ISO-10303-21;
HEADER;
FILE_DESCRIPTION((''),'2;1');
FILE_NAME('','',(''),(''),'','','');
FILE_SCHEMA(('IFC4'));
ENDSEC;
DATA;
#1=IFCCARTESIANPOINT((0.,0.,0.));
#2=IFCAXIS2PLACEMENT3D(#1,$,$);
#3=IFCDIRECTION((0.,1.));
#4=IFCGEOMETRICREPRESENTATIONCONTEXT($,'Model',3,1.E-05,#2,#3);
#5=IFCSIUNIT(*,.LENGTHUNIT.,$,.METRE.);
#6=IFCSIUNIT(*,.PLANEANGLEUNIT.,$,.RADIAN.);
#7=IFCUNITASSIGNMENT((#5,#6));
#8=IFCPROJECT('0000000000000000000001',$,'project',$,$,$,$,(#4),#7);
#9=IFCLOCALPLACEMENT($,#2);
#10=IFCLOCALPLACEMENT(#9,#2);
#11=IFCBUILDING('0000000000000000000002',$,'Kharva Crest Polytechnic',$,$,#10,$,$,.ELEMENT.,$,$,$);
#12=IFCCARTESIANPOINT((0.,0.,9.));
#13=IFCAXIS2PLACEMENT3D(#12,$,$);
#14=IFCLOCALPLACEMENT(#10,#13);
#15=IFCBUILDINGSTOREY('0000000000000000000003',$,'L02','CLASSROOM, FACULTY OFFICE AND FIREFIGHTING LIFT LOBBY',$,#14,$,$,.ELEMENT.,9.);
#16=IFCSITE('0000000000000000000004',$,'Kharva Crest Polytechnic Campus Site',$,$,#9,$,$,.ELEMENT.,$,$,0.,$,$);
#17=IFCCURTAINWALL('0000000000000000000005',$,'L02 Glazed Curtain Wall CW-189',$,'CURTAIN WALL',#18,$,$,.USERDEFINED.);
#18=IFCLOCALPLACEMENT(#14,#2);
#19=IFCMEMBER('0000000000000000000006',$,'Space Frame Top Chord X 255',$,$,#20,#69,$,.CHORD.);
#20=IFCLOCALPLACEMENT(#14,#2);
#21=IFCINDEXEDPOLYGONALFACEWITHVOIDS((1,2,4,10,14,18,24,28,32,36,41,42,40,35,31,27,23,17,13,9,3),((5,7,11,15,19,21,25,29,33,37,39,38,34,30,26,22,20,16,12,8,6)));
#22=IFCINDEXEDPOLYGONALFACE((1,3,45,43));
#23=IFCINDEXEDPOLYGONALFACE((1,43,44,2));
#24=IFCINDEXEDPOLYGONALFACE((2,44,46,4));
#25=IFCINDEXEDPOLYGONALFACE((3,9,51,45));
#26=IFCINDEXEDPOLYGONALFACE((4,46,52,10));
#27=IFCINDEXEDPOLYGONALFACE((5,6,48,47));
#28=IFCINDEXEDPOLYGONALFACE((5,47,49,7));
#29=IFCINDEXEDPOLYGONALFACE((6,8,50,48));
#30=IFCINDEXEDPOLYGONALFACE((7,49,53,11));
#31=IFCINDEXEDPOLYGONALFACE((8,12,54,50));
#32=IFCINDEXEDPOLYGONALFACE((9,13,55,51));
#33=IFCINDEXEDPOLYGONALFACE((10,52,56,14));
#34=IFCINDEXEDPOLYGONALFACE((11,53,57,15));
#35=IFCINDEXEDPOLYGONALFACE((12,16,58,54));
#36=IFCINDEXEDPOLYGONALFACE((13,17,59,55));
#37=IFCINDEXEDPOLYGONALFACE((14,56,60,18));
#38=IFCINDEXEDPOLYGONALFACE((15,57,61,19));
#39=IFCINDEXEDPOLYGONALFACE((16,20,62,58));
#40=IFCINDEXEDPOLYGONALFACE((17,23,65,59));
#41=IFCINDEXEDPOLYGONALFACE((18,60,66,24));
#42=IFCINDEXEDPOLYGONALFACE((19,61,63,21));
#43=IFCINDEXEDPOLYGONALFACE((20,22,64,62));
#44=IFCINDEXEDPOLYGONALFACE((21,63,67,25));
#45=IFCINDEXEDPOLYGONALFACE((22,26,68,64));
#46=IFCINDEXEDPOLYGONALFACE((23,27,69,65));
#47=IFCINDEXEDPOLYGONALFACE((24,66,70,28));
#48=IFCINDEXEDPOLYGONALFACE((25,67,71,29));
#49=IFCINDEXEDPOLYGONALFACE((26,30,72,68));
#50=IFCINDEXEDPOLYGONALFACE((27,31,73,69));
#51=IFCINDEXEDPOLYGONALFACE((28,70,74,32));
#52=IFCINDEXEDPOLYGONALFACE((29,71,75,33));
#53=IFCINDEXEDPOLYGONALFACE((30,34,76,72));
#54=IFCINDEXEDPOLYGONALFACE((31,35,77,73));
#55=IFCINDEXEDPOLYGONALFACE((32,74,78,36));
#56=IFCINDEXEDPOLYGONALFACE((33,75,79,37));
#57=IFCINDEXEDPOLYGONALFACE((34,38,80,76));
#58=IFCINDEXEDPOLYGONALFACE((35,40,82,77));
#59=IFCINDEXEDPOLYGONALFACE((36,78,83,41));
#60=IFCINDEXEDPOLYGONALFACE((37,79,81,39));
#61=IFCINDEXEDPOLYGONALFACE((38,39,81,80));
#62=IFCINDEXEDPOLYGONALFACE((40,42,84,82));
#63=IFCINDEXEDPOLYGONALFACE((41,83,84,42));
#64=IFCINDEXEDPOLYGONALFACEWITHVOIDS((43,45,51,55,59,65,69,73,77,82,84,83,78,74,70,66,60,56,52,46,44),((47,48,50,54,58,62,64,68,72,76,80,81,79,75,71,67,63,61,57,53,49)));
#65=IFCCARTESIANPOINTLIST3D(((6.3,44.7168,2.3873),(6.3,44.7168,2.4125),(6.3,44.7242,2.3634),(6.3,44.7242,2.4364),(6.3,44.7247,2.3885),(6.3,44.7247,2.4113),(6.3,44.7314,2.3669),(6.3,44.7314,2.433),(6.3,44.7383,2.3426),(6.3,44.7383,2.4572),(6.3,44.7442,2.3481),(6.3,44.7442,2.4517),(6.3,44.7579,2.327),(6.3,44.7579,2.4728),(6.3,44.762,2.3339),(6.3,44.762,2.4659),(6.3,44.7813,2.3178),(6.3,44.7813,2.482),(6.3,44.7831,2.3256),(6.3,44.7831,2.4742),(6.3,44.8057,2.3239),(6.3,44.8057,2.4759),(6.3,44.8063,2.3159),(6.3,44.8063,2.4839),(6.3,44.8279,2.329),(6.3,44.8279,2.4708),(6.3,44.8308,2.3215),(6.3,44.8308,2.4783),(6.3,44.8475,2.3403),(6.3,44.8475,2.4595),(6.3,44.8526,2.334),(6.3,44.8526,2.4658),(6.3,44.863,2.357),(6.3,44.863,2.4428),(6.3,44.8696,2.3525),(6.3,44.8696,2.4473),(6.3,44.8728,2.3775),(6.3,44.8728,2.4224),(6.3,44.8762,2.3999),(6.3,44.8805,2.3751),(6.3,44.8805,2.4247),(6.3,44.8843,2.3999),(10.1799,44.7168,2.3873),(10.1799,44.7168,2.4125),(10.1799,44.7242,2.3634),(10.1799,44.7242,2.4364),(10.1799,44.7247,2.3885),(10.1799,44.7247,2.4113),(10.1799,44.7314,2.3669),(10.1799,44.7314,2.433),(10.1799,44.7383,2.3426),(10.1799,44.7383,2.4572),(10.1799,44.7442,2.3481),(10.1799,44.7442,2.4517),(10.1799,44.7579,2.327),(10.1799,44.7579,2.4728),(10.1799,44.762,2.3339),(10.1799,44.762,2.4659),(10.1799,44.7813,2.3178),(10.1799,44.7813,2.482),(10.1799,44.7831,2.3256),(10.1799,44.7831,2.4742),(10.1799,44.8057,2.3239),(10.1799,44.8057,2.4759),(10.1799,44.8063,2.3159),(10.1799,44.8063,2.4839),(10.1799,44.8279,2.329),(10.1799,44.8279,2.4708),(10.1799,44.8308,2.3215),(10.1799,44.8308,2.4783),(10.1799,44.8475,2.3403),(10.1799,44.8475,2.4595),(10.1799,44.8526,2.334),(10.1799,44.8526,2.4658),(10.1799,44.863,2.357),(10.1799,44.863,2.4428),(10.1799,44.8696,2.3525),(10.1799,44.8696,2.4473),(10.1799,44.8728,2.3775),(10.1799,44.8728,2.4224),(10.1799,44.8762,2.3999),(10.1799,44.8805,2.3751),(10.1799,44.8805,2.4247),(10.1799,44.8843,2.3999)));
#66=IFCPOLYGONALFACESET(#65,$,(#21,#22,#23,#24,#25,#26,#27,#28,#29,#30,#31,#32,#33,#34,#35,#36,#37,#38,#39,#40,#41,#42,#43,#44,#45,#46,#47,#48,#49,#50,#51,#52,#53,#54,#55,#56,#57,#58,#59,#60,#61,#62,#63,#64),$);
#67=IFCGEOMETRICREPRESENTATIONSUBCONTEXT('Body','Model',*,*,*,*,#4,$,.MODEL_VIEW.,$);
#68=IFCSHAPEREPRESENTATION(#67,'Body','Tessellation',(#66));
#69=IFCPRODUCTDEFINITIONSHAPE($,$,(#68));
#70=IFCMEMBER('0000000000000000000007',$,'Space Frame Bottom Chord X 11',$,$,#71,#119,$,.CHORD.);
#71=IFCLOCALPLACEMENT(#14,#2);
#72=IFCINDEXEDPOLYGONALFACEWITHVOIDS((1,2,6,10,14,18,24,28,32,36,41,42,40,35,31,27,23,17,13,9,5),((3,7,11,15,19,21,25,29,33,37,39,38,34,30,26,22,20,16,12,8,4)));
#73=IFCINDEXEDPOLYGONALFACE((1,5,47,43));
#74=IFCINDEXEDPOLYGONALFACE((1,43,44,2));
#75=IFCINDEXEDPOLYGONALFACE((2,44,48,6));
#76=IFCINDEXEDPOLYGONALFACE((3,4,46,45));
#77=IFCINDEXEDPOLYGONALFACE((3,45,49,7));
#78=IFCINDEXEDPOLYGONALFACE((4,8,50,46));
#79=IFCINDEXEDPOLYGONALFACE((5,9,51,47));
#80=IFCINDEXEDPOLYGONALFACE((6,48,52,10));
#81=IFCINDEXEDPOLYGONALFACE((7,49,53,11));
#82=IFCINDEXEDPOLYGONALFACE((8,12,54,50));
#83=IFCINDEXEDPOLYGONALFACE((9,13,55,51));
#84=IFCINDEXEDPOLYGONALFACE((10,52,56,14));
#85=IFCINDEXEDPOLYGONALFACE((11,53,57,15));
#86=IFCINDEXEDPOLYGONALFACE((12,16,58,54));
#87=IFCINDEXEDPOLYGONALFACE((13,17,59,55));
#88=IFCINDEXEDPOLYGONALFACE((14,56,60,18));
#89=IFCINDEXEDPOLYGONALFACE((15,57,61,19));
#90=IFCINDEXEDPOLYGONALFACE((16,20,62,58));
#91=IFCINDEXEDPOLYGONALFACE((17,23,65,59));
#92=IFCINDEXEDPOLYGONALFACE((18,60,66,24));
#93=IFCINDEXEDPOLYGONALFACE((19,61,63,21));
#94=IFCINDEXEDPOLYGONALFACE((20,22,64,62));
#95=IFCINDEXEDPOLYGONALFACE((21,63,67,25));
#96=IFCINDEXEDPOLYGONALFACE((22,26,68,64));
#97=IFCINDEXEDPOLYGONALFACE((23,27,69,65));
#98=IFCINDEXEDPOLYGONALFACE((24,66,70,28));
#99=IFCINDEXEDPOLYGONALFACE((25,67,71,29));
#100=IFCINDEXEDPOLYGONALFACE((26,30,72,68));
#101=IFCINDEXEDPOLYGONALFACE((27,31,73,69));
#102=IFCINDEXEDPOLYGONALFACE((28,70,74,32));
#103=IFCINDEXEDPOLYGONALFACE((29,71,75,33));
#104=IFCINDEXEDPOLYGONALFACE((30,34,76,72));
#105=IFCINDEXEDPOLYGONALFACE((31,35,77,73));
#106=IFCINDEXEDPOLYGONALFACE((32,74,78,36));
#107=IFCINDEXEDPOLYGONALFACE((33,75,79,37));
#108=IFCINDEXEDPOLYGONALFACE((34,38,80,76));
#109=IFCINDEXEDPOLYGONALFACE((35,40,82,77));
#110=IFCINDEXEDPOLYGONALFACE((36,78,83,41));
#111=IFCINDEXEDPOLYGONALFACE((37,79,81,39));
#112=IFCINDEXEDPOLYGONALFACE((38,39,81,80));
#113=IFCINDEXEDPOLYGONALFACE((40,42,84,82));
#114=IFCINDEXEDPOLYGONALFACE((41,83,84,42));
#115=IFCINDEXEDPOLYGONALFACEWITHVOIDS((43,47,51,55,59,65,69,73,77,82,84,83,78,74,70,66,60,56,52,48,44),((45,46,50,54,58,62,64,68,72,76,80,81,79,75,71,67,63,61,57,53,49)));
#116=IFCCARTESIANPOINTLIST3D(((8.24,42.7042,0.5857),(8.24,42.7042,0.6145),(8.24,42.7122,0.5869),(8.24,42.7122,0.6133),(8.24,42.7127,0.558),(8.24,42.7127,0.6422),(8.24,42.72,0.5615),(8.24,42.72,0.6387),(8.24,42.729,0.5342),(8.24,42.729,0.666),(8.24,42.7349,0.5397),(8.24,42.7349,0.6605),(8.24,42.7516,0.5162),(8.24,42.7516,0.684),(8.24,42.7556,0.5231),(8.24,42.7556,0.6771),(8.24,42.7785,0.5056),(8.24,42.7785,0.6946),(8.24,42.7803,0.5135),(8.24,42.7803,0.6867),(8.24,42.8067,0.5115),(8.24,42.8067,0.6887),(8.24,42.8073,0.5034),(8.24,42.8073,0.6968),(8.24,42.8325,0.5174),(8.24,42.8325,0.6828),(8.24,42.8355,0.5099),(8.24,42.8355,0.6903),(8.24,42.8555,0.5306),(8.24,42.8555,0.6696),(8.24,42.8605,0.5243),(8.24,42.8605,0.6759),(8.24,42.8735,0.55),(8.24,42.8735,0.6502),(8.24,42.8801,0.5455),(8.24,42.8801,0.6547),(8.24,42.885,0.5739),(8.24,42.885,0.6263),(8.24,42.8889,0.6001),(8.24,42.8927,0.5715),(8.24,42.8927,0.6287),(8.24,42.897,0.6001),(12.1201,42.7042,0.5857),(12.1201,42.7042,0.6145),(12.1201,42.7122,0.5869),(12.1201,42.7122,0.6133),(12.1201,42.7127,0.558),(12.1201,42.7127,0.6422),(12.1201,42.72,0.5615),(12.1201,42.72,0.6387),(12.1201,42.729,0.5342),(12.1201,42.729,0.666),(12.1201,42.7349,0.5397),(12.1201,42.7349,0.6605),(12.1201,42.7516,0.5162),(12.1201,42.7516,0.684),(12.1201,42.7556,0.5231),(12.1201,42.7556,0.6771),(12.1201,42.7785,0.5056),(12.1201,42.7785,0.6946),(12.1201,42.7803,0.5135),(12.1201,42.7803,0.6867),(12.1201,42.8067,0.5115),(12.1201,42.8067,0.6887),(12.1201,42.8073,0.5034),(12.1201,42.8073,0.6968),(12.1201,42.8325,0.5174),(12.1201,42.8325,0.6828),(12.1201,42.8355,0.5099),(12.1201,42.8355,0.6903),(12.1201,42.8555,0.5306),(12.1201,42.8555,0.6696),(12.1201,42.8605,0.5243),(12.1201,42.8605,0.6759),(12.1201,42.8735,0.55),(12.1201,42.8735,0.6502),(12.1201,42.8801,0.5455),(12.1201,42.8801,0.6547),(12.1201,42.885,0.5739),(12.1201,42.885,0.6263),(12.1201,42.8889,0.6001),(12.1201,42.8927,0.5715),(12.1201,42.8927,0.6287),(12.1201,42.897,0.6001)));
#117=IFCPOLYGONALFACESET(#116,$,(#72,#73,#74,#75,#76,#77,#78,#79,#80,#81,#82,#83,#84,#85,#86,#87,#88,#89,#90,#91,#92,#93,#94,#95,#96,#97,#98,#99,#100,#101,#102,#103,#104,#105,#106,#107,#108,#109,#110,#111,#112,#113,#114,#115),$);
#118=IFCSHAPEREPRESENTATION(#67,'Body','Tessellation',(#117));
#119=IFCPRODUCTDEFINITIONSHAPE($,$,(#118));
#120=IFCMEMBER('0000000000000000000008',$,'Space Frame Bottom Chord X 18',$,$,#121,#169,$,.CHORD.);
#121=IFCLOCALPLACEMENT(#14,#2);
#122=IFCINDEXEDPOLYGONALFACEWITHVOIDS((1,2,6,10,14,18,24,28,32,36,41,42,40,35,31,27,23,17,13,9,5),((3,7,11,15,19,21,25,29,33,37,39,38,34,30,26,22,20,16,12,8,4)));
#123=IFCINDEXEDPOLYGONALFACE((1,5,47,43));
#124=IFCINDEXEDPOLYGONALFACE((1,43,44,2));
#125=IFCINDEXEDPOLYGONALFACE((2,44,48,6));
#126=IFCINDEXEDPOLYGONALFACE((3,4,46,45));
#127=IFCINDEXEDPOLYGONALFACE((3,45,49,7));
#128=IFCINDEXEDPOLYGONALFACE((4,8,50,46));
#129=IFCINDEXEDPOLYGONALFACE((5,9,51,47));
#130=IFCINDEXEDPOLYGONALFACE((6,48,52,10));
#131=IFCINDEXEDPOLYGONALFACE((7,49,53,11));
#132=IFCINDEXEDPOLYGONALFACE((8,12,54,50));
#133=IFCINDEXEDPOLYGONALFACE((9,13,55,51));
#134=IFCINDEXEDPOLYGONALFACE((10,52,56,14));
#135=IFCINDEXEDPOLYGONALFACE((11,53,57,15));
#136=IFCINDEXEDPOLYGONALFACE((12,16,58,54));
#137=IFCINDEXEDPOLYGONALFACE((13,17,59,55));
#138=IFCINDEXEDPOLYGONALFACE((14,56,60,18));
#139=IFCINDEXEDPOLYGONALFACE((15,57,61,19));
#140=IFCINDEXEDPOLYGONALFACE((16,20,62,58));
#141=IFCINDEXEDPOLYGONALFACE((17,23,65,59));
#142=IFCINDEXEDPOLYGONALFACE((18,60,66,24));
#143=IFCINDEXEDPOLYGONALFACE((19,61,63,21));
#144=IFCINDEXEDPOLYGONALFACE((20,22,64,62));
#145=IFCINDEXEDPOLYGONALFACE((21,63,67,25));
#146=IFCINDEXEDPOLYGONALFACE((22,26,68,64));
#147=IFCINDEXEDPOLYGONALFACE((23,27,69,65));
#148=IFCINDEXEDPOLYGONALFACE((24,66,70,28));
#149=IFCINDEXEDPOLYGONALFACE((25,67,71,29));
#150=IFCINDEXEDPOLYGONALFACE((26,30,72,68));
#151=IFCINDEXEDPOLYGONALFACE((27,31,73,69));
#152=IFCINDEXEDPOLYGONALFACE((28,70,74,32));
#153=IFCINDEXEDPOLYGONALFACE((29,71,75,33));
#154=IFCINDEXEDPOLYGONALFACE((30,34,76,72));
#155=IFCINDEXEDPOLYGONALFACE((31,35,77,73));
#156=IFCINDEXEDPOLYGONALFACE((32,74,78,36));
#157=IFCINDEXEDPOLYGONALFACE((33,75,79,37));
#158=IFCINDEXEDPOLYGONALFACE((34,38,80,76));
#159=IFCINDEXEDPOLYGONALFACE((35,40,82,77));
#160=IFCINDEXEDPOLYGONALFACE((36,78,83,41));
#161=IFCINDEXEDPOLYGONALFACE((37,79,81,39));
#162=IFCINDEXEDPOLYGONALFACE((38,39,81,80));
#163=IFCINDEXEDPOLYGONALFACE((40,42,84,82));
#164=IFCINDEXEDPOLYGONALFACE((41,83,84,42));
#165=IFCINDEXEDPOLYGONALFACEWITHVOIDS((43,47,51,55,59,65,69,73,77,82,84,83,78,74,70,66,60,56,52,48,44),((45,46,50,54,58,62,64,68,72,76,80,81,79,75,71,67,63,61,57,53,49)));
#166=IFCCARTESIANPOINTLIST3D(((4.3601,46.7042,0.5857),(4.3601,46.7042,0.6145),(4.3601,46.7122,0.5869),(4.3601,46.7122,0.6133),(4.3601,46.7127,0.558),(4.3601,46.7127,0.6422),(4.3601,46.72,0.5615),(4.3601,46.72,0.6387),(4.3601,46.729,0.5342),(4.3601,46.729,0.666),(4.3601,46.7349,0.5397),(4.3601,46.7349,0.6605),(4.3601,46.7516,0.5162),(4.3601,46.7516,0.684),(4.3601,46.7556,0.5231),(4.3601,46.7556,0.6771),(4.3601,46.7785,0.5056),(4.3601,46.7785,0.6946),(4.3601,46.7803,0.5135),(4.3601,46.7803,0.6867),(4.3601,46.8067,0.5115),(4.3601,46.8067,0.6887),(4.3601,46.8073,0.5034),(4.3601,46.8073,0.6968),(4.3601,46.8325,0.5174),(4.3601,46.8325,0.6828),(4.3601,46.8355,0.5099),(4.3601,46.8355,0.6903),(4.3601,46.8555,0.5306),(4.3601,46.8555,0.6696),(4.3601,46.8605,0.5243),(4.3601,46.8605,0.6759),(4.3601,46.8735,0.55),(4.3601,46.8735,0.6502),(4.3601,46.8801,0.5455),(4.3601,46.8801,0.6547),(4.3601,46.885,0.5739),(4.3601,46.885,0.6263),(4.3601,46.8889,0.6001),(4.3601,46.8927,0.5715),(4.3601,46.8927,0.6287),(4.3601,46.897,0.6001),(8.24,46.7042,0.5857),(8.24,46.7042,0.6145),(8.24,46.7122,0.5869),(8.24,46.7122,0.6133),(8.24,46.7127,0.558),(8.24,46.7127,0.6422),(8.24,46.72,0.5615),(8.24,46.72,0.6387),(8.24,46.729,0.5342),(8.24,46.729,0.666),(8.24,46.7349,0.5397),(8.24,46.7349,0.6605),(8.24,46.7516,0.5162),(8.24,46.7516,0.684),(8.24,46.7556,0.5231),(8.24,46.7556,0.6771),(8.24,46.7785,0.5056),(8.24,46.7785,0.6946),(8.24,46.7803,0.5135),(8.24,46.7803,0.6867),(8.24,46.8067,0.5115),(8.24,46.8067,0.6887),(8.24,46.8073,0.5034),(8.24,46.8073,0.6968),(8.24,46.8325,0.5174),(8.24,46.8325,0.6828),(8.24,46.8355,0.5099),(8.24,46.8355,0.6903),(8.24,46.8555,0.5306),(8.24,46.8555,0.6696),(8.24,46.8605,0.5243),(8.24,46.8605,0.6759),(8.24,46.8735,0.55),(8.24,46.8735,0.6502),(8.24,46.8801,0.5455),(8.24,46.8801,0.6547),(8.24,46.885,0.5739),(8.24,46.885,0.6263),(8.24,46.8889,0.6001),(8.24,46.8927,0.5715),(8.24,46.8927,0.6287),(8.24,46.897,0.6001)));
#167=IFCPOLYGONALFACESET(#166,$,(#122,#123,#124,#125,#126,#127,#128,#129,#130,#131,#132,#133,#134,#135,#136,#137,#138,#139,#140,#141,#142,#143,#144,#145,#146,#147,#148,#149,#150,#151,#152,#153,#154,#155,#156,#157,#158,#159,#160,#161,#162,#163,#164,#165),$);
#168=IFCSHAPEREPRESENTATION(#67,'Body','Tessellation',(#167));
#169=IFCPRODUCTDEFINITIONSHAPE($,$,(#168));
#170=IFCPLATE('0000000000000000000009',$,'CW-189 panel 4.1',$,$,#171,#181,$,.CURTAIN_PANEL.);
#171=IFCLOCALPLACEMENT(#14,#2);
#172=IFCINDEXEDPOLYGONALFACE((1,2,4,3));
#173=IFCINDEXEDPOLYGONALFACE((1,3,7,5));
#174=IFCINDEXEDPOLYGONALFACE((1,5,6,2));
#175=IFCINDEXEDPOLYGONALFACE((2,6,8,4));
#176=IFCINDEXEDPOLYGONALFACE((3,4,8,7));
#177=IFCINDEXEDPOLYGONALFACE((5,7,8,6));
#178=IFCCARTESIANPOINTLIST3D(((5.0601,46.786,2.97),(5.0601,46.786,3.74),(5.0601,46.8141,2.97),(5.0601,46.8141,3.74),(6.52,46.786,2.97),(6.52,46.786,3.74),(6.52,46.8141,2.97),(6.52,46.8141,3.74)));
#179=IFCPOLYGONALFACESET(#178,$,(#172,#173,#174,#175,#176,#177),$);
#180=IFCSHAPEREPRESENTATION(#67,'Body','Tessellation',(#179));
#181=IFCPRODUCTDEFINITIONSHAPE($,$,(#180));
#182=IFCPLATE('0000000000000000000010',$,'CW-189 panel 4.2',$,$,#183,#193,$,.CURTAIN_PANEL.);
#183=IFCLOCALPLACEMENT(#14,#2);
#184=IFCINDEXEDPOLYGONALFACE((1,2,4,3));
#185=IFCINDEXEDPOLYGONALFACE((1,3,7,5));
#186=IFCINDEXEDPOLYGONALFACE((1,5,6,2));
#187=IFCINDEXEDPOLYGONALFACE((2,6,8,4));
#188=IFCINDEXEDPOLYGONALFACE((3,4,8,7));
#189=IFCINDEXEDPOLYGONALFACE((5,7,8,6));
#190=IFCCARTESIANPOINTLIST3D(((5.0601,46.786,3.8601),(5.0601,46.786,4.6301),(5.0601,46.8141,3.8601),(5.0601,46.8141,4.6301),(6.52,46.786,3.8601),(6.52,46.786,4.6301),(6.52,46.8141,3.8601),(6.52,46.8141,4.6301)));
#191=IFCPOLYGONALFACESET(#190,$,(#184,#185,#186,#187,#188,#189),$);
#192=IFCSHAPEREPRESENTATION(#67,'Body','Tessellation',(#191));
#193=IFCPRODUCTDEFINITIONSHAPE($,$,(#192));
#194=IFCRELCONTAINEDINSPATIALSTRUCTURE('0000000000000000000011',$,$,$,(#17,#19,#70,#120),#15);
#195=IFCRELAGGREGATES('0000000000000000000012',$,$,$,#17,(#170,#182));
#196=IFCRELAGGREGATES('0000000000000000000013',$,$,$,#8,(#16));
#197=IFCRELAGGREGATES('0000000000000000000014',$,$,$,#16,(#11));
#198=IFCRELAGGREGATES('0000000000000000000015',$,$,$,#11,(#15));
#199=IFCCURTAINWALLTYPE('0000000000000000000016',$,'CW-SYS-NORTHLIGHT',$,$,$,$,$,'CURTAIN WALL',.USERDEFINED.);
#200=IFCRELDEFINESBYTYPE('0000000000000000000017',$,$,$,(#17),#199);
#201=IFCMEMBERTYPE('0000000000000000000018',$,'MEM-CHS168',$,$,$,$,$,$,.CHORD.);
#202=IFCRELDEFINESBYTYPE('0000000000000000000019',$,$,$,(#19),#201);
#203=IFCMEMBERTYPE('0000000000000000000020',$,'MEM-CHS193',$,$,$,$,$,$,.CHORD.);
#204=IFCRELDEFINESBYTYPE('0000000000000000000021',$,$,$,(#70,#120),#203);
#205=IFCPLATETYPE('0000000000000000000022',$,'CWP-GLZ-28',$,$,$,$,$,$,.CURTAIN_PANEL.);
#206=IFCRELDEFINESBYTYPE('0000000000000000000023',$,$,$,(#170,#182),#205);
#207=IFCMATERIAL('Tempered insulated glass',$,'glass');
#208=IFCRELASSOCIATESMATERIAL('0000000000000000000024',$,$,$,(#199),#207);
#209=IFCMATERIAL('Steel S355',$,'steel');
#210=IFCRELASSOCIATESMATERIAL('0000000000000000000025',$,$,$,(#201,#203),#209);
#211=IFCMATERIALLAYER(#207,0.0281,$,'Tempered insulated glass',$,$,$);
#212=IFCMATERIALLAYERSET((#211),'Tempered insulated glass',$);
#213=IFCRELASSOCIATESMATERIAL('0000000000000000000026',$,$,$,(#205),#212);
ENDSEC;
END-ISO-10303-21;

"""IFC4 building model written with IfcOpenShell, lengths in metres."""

from ifc_helpers import new_model, si_unit, direction, frame, origin, origin_2d, place, context, subcontext, project, spatial, rectangle, hollow_circle, extrude, material, layer, layer_set, material_profile, profile_set, type_object, element, aggregate, save


model = new_model("IFC4")

# Units and contexts
model_context = context("Model", 3, precision=1e-05, world=origin(), true_north=direction((0.0, 1.0)))
body_context = subcontext(model_context, "Body", "Model", "MODEL_VIEW")
ifc_project = project(units=[si_unit("LENGTHUNIT", "METRE"), si_unit("PLANEANGLEUNIT", "RADIAN")], contexts=[model_context])

# Site, building, storey
site_placement = place(None, origin())
site = spatial("IfcSite", under=ifc_project, at=site_placement, Name="Kharva Crest Polytechnic Campus Site", CompositionType="ELEMENT", RefElevation=0.0)
building_placement = place(site_placement, origin())
building = spatial("IfcBuilding", under=site, at=building_placement, Name="Kharva Crest Polytechnic", CompositionType="ELEMENT")
storey_placement = place(building_placement, frame((0.0, 0.0, 9.0)))
storey = spatial("IfcBuildingStorey", under=building, at=storey_placement, Name="L02", Description="CLASSROOM, FACULTY OFFICE AND FIREFIGHTING LIFT LOBBY", CompositionType="ELEMENT", Elevation=9.0)

# Curtain wall
ifc_material_1 = material(Name="Tempered insulated glass", Category="glass")
curtain_wall_type = type_object("IfcCurtainWallType", Name="CW-SYS-NORTHLIGHT", ElementType="CURTAIN WALL", PredefinedType="USERDEFINED", material=ifc_material_1)
curtain_wall_placement = place(storey_placement, origin())
curtain_wall = element("IfcCurtainWall", 1, at=curtain_wall_placement, inside=storey, type_object=curtain_wall_type, Name="L02 Glazed Curtain Wall CW-189", ObjectType="CURTAIN WALL", PredefinedType="USERDEFINED")
ifc_material_2 = material(Name="Steel S355", Category="steel")

# Members
ifc_material_profile_1 = material_profile(ifc_material_2, hollow_circle(Radius=0.0842, WallThickness=0.0081, at=origin_2d()), Name="CHS 168.3X8.0")
ifc_profile_set_1 = profile_set([ifc_material_profile_1], Name="Steel S355")
member_type_1 = type_object("IfcMemberType", Name="MEM-CHS168", PredefinedType="CHORD", material=ifc_profile_set_1)
for number, where, z_axis, x_axis, name in (
    (2, (6.3, 44.8, 2.3999), (1.0, 0.0, 0.0), (0.0, 1.0, 0.0), "Space Frame Top Chord X 255"),
):
    element("IfcMember", number, at=place(storey_placement, frame(where, z_axis=z_axis, x_axis=x_axis)), inside=storey, type_object=member_type_1, Name=name, PredefinedType="CHORD", context=body_context, shape_type="SweptSolid", body=[
        extrude(hollow_circle(Radius=0.0842, WallThickness=0.0081, at=origin_2d()), origin(), (0.0, 0.0, 1.0), 3.8799),
    ])
ifc_material_profile_2 = material_profile(ifc_material_2, hollow_circle(Radius=0.0969, WallThickness=0.0081, at=origin_2d()), Name="CHS 193.7X8.0")
ifc_profile_set_2 = profile_set([ifc_material_profile_2], Name="Steel S355")
member_type_2 = type_object("IfcMemberType", Name="MEM-CHS193", PredefinedType="CHORD", material=ifc_profile_set_2)
member_1_placement = place(storey_placement, frame((8.24, 42.8, 0.6001), z_axis=(1.0, 0.0, 0.0), x_axis=(0.0, 1.0, 0.0)))
element("IfcMember", 3, at=member_1_placement, inside=storey, type_object=member_type_2, Name="Space Frame Bottom Chord X 11", PredefinedType="CHORD", context=body_context, shape_type="SweptSolid", body=[
    extrude(hollow_circle(Radius=0.0969, WallThickness=0.0081, at=origin_2d()), origin(), (0.0, 0.0, 1.0), 3.8801),
])
member_2_placement = place(storey_placement, frame((4.3601, 46.8, 0.6001), z_axis=(1.0, 0.0, 0.0), x_axis=(0.0, 1.0, 0.0)))
element("IfcMember", 4, at=member_2_placement, inside=storey, type_object=member_type_2, Name="Space Frame Bottom Chord X 18", PredefinedType="CHORD", context=body_context, shape_type="SweptSolid", body=[
    extrude(hollow_circle(Radius=0.0969, WallThickness=0.0081, at=origin_2d()), origin(), (0.0, 0.0, 1.0), 3.8799),
])

# Plates
ifc_layer = layer(ifc_material_1, 0.0281, Name="Tempered insulated glass")
ifc_layer_set = layer_set([ifc_layer], Name="Tempered insulated glass")
plate_type = type_object("IfcPlateType", Name="CWP-GLZ-28", PredefinedType="CURTAIN_PANEL", material=ifc_layer_set)
plate_1_placement = place(storey_placement, frame((5.79, 46.8, 2.97), z_axis=(0.0, 0.0, 1.0), x_axis=(1.0, 0.0, 0.0)))
plate_1 = element("IfcPlate", 5, at=plate_1_placement, type_object=plate_type, Name="CW-189 panel 4.1", PredefinedType="CURTAIN_PANEL", context=body_context, shape_type="SweptSolid", body=[
    extrude(rectangle(XDim=1.46, YDim=0.0281, at=origin_2d()), origin(), (0.0, 0.0, 1.0), 0.77),
])
plate_2_placement = place(storey_placement, frame((5.79, 46.8, 3.8601), z_axis=(0.0, 0.0, 1.0), x_axis=(1.0, 0.0, 0.0)))
plate_2 = element("IfcPlate", 6, at=plate_2_placement, type_object=plate_type, Name="CW-189 panel 4.2", PredefinedType="CURTAIN_PANEL", context=body_context, shape_type="SweptSolid", body=[
    extrude(rectangle(XDim=1.46, YDim=0.0281, at=origin_2d()), origin(), (0.0, 0.0, 1.0), 0.77),
])
aggregate(curtain_wall, [plate_1, plate_2])

save(model, "model.ifc")
